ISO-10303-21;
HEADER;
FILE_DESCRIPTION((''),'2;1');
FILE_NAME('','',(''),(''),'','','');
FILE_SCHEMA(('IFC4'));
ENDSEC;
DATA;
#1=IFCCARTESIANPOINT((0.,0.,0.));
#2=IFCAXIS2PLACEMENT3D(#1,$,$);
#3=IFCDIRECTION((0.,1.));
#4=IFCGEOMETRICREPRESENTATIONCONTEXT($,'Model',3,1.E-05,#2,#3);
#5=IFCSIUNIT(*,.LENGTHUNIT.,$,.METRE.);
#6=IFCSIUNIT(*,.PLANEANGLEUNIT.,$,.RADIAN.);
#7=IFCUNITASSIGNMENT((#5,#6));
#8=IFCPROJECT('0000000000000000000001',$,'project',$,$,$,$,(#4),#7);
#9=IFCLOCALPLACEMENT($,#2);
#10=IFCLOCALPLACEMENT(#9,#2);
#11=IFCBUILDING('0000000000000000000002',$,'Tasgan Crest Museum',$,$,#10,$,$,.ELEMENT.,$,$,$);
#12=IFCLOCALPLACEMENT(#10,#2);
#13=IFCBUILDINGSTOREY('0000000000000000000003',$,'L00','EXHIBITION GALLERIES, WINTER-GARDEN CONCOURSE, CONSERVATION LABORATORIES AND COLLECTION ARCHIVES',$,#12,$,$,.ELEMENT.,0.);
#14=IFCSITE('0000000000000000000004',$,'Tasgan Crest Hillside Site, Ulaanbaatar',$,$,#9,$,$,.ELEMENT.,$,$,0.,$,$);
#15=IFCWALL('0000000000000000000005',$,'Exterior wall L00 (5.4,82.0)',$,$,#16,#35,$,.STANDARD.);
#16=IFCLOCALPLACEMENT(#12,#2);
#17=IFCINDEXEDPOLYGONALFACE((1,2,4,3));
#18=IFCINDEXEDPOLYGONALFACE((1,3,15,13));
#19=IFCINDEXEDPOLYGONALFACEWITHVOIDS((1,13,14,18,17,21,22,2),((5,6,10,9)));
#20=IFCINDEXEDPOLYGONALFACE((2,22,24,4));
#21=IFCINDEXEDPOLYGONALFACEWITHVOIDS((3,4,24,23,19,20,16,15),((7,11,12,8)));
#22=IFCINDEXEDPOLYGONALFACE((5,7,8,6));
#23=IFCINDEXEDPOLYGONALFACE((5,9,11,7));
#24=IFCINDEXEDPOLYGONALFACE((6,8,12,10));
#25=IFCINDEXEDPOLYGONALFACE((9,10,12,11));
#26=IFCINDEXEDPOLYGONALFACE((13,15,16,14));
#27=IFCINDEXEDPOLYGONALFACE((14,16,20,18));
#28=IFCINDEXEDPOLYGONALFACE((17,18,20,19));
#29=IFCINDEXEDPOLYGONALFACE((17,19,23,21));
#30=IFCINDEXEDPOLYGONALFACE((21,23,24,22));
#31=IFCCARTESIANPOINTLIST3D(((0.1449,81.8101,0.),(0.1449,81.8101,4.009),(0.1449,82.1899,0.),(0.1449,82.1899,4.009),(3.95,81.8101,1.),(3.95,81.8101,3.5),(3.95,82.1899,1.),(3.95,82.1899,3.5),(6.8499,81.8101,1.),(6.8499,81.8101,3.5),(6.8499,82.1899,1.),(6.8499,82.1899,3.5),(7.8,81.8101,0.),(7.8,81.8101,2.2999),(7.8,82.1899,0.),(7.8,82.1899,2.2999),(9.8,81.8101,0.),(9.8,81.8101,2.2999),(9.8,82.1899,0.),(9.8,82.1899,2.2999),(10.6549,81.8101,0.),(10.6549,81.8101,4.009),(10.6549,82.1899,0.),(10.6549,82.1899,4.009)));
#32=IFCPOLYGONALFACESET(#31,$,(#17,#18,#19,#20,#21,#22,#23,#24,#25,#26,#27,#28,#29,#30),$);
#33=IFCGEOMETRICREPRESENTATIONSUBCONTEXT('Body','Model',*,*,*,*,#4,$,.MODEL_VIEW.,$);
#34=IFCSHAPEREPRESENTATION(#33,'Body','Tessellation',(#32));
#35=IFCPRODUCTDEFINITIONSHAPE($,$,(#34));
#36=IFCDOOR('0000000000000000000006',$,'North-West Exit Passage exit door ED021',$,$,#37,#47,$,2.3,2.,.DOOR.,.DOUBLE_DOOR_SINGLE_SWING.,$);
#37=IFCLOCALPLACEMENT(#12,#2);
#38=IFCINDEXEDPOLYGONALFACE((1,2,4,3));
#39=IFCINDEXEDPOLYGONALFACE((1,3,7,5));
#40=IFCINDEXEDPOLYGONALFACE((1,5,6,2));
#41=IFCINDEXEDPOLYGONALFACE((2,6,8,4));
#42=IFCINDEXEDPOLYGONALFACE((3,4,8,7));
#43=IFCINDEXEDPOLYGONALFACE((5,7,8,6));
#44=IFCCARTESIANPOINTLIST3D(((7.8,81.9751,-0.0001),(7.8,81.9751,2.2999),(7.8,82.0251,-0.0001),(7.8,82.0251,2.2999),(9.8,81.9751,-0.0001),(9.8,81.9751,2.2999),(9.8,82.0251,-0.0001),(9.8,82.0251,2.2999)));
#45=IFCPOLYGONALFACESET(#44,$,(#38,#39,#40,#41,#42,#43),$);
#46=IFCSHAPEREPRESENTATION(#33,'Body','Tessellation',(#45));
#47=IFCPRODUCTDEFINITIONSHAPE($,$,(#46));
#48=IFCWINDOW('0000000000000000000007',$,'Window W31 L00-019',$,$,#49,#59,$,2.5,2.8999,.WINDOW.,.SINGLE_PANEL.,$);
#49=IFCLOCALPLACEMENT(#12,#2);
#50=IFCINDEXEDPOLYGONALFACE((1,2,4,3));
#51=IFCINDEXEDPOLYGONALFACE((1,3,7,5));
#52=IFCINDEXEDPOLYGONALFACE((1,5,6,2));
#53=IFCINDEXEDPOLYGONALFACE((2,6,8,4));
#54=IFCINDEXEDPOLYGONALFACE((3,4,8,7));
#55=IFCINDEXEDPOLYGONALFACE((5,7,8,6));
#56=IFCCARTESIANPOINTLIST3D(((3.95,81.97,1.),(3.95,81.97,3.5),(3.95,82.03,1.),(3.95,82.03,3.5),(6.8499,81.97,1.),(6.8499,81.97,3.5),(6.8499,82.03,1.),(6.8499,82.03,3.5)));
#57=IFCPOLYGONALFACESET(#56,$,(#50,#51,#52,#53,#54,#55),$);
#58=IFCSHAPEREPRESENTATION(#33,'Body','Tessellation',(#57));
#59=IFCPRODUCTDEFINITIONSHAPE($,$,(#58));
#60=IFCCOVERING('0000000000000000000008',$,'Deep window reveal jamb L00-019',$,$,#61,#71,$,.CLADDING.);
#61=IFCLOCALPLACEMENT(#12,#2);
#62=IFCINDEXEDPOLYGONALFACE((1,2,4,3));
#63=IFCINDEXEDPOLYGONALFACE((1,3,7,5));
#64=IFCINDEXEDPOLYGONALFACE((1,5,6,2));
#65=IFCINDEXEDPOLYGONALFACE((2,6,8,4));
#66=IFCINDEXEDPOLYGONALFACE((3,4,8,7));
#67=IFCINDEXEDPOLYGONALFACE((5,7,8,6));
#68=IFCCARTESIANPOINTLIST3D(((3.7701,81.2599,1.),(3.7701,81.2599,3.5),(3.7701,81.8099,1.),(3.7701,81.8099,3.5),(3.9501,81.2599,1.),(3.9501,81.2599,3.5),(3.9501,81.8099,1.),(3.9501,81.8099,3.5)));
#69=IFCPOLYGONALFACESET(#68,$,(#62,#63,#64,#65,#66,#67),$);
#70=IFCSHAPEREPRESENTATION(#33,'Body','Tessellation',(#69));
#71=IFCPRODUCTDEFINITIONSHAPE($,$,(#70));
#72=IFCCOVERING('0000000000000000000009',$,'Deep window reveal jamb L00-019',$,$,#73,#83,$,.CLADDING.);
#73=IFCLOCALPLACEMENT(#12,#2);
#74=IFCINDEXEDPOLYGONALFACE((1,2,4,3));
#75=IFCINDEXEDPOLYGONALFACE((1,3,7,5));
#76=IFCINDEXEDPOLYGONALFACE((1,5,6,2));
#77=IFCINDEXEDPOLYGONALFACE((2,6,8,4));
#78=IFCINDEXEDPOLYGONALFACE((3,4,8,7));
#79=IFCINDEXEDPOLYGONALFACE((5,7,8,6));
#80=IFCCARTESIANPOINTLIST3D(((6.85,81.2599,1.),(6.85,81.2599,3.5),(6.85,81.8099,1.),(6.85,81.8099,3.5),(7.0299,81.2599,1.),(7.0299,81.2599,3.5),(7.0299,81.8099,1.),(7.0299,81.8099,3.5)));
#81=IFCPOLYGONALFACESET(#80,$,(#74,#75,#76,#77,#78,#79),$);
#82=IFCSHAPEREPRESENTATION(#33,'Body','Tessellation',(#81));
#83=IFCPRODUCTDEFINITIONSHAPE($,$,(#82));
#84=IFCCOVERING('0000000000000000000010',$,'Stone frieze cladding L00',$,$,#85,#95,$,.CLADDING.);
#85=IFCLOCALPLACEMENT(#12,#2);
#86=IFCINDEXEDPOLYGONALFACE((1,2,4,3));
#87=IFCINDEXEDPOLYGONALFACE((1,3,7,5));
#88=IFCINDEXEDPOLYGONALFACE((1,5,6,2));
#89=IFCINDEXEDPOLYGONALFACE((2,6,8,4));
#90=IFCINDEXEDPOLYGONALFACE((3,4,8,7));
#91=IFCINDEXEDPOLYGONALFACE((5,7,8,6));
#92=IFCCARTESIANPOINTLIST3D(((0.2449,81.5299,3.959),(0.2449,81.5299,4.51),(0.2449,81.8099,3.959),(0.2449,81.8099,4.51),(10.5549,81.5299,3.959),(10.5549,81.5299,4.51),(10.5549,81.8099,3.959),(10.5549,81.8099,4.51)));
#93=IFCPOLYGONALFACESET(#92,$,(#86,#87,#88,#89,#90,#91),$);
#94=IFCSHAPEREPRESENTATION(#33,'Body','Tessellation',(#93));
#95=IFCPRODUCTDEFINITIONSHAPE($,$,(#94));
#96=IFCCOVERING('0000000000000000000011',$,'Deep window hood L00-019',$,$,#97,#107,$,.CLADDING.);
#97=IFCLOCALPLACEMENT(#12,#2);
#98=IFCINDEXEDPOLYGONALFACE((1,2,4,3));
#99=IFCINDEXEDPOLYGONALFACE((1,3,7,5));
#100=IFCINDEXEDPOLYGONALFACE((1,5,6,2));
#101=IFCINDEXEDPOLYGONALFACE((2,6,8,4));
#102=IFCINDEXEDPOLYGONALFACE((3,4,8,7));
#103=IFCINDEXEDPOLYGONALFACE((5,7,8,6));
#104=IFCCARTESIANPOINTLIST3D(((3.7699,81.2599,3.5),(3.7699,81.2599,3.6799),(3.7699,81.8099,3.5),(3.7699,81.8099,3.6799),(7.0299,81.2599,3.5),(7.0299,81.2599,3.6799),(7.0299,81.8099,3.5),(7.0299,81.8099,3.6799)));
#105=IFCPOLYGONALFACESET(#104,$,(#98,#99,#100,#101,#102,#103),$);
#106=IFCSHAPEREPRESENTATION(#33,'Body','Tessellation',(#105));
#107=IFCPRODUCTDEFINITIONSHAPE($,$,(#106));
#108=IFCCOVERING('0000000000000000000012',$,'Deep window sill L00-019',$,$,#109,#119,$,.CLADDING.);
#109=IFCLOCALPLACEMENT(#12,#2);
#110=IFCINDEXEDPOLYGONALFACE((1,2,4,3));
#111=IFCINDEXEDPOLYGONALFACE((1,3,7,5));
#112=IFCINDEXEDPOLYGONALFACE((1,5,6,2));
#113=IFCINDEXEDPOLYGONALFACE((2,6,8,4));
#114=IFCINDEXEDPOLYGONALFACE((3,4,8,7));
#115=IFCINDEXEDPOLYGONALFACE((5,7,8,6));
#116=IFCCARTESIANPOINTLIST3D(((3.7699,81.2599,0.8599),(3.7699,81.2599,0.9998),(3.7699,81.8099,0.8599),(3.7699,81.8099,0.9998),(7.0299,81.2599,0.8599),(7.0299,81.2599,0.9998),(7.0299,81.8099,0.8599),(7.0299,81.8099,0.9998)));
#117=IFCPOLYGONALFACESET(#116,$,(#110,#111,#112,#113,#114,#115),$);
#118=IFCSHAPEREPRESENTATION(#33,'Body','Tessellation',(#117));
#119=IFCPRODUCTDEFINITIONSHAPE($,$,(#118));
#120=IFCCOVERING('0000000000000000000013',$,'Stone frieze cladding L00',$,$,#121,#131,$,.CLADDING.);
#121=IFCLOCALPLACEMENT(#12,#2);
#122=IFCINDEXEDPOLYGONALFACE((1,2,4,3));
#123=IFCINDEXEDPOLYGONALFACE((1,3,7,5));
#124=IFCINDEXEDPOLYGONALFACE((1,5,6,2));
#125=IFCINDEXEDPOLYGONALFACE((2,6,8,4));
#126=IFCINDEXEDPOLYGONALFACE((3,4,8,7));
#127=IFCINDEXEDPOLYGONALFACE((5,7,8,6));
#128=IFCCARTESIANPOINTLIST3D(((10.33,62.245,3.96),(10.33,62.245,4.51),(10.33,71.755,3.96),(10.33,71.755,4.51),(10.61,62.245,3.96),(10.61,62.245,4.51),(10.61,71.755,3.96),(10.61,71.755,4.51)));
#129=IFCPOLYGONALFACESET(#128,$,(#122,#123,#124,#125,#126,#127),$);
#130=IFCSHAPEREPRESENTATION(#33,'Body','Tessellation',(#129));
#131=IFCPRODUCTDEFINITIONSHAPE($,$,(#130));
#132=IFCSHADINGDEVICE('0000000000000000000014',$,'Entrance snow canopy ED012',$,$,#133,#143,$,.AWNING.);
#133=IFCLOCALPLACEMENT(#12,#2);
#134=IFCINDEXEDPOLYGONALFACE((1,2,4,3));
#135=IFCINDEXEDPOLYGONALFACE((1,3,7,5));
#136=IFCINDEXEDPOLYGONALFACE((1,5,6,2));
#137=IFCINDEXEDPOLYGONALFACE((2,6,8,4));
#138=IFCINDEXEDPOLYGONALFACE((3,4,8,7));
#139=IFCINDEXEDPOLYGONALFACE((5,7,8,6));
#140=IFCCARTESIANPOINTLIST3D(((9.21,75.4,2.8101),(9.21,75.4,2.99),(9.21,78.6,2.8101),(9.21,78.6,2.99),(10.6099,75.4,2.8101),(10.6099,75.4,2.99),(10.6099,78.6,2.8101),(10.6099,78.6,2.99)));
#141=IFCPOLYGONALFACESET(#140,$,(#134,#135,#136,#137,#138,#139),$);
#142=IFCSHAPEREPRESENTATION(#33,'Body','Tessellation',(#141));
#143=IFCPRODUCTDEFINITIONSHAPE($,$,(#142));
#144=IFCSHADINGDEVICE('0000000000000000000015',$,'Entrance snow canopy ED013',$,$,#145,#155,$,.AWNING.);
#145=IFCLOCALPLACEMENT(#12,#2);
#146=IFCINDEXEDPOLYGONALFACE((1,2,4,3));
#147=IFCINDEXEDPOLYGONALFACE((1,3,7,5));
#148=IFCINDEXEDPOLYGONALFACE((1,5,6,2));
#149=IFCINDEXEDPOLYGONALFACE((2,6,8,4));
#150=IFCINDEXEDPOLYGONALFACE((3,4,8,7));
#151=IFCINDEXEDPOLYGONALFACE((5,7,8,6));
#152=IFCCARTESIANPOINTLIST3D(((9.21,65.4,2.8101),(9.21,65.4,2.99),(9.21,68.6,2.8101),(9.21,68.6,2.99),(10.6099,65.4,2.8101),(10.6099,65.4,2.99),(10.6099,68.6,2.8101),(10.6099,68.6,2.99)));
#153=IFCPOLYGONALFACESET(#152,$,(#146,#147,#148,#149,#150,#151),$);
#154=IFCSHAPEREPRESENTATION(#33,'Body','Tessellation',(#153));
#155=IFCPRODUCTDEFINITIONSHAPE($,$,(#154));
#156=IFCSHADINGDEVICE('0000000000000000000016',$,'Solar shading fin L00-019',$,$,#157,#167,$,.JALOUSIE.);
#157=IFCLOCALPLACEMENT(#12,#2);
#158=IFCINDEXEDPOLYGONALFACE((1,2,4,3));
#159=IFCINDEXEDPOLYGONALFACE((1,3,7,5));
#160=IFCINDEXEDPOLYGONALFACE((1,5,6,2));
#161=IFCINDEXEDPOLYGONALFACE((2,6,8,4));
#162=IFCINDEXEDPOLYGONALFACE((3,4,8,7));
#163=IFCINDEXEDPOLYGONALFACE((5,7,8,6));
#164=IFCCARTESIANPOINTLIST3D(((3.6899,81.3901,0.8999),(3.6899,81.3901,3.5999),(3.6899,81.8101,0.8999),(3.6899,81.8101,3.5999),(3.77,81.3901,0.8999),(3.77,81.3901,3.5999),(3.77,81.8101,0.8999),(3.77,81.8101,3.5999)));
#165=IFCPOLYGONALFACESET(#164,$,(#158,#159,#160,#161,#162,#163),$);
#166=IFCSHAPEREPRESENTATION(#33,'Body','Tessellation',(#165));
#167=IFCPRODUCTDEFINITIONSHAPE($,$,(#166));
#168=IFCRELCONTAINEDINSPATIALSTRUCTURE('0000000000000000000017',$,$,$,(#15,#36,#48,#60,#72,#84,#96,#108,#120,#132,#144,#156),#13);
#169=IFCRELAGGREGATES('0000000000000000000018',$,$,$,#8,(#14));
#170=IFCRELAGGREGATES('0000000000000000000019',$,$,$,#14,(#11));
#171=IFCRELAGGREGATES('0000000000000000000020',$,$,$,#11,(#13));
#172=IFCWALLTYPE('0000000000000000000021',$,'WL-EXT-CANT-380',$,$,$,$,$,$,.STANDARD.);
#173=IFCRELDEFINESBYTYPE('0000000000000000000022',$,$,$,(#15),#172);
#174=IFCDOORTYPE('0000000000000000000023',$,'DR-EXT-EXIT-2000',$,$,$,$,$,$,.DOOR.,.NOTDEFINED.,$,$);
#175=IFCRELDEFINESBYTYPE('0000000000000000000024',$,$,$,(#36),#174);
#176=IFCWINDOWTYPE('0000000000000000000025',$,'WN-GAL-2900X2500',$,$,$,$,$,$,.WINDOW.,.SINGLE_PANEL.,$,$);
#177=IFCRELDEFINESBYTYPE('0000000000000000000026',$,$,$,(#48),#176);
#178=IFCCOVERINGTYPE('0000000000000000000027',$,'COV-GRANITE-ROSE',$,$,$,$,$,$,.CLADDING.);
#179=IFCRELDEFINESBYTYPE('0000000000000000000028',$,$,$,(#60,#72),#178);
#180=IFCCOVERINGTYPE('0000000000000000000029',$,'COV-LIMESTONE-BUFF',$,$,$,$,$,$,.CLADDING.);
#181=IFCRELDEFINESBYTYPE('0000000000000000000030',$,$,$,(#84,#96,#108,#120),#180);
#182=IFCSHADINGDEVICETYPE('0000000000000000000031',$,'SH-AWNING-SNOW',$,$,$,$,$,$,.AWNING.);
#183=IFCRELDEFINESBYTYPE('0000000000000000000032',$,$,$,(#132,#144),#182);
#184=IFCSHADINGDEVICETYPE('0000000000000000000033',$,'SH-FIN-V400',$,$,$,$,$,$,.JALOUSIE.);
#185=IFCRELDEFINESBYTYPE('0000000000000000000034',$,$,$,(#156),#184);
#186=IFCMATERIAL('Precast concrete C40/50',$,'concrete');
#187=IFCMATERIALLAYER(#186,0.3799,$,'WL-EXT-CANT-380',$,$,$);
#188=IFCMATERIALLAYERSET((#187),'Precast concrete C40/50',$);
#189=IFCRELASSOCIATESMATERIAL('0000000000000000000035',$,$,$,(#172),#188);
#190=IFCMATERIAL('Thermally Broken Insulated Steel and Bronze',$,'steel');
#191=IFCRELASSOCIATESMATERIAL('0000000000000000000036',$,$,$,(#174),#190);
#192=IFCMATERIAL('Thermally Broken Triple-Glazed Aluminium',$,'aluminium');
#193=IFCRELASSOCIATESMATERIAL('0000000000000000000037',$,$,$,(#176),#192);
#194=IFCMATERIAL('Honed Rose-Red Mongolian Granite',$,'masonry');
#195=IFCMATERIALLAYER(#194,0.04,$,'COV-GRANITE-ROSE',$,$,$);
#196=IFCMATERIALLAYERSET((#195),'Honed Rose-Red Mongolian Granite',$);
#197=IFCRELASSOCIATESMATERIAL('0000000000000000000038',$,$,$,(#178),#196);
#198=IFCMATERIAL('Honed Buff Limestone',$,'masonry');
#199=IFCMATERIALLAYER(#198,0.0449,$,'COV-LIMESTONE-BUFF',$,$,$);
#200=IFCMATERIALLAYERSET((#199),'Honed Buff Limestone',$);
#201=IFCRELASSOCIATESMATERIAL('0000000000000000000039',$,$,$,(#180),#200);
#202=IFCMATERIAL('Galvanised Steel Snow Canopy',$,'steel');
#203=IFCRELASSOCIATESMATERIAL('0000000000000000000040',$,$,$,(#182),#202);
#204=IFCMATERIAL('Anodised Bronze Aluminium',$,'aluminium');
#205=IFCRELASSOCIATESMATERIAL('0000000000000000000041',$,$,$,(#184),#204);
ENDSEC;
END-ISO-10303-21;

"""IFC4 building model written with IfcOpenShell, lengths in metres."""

from ifc_helpers import new_model, si_unit, direction, frame, frame_2d, origin, origin_2d, place, context, subcontext, project, spatial, rectangle, extrude, material, layer, layer_set, type_object, element, fill, save


model = new_model("IFC4")

# Units and contexts
model_context = context("Model", 3, precision=1e-05, world=origin(), true_north=direction((0.0, 1.0)))
body_context = subcontext(model_context, "Body", "Model", "MODEL_VIEW")
ifc_project = project(units=[si_unit("LENGTHUNIT", "METRE"), si_unit("PLANEANGLEUNIT", "RADIAN")], contexts=[model_context])

# Site, building, storey
site_placement = place(None, origin())
site = spatial("IfcSite", under=ifc_project, at=site_placement, Name="Tasgan Crest Hillside Site, Ulaanbaatar", CompositionType="ELEMENT", RefElevation=0.0)
building_placement = place(site_placement, origin())
building = spatial("IfcBuilding", under=site, at=building_placement, Name="Tasgan Crest Museum", CompositionType="ELEMENT")
storey_placement = place(building_placement, origin())
storey = spatial("IfcBuildingStorey", under=building, at=storey_placement, Name="L00", Description="EXHIBITION GALLERIES, WINTER-GARDEN CONCOURSE, CONSERVATION LABORATORIES AND COLLECTION ARCHIVES", CompositionType="ELEMENT", Elevation=0.0)

# Wall, openings, door, window
ifc_material_1 = material(Name="Precast concrete C40/50", Category="concrete")
ifc_layer_1 = layer(ifc_material_1, 0.3799, Name="WL-EXT-CANT-380")
ifc_layer_set_1 = layer_set([ifc_layer_1], Name="Precast concrete C40/50")
wall_type = type_object("IfcWallType", Name="WL-EXT-CANT-380", PredefinedType="STANDARD", material=ifc_layer_set_1)
wall_placement = place(storey_placement, frame((0.145, 82.0, 0.0), z_axis=(0.0, 0.0, 1.0), x_axis=(1.0, 0.0, 0.0)))
wall = element("IfcWall", 1, at=wall_placement, inside=storey, type_object=wall_type, Name="Exterior wall L00 (5.4,82.0)", PredefinedType="STANDARD", context=body_context, shape_type="SweptSolid", body=[
    extrude(rectangle(XDim=10.51, YDim=0.3799, at=frame_2d((5.2549, 0.0))), origin(), (0.0, 0.0, 1.0), 4.009),
])
opening_1_placement = place(wall_placement, frame((3.8049, 0.0, 1.0)))
opening_1 = element("IfcOpeningElement", 2, at=opening_1_placement, cuts=wall, PredefinedType="OPENING", context=body_context, shape_type="SweptSolid", body=[
    extrude(rectangle(XDim=2.8999, YDim=2.5, at=frame_2d((1.45, 1.25))), frame((0.0, 0.2, 0.0), z_axis=(0.0, -1.0, 0.0), x_axis=(1.0, 0.0, 0.0)), (0.0, 0.0, 1.0), 0.3999),
])
opening_2_placement = place(wall_placement, frame((7.655, 0.0, 0.0)))
opening_2 = element("IfcOpeningElement", 3, at=opening_2_placement, cuts=wall, PredefinedType="OPENING", context=body_context, shape_type="SweptSolid", body=[
    extrude(rectangle(XDim=2.0, YDim=2.3, at=frame_2d((1.0, 1.1499))), frame((0.0, 0.2, 0.0), z_axis=(0.0, -1.0, 0.0), x_axis=(1.0, 0.0, 0.0)), (0.0, 0.0, 1.0), 0.3999),
])
ifc_material_2 = material(Name="Thermally Broken Insulated Steel and Bronze", Category="steel")
door_type = type_object("IfcDoorType", Name="DR-EXT-EXIT-2000", OperationType="NOTDEFINED", PredefinedType="DOOR", material=ifc_material_2)
door_placement = place(opening_2_placement, frame((2.0, 0.0, 0.0), z_axis=(0.0, 0.0, 1.0), x_axis=(-1.0, 0.0, 0.0)))
door = element("IfcDoor", 4, at=door_placement, inside=storey, type_object=door_type, Name="North-West Exit Passage exit door ED021", OperationType="DOUBLE_DOOR_SINGLE_SWING", OverallHeight=2.3, OverallWidth=2.0, PredefinedType="DOOR", context=body_context, shape_type="SweptSolid", body=[
    extrude(rectangle(XDim=2.0, YDim=2.3, at=frame_2d((1.0, 1.1499))), frame((0.0, 0.0249, 0.0), z_axis=(0.0, -1.0, 0.0), x_axis=(1.0, 0.0, 0.0)), (0.0, 0.0, 1.0), 0.05),
])
fill(opening_2, door)
ifc_material_3 = material(Name="Thermally Broken Triple-Glazed Aluminium", Category="aluminium")
window_type = type_object("IfcWindowType", Name="WN-GAL-2900X2500", PartitioningType="SINGLE_PANEL", PredefinedType="WINDOW", material=ifc_material_3)
window_placement = place(opening_1_placement, origin())
window = element("IfcWindow", 5, at=window_placement, inside=storey, type_object=window_type, Name="Window W31 L00-019", OverallHeight=2.5, OverallWidth=2.8999, PartitioningType="SINGLE_PANEL", PredefinedType="WINDOW", context=body_context, shape_type="SweptSolid", body=[
    extrude(rectangle(XDim=2.8999, YDim=2.5, at=frame_2d((1.45, 1.25))), frame((0.0, 0.03, 0.0), z_axis=(0.0, -1.0, 0.0), x_axis=(1.0, 0.0, 0.0)), (0.0, 0.0, 1.0), 0.0601),
])
fill(opening_1, window)

# Coverings
ifc_material_4 = material(Name="Honed Rose-Red Mongolian Granite", Category="masonry")
ifc_layer_2 = layer(ifc_material_4, 0.04, Name="COV-GRANITE-ROSE")
ifc_layer_set_2 = layer_set([ifc_layer_2], Name="Honed Rose-Red Mongolian Granite")
covering_type_1 = type_object("IfcCoveringType", Name="COV-GRANITE-ROSE", PredefinedType="CLADDING", material=ifc_layer_set_2)
for number, where, z_axis, x_axis, name in (
    (6, (3.8601, 81.5349, 1.0), (0.0, 0.0, 1.0), (1.0, 0.0, 0.0), "Deep window reveal jamb L00-019"),
    (7, (6.9399, 81.5349, 1.0), (0.0, 0.0, 1.0), (1.0, 0.0, 0.0), "Deep window reveal jamb L00-019"),
):
    element("IfcCovering", number, at=place(storey_placement, frame(where, z_axis=z_axis, x_axis=x_axis)), inside=storey, type_object=covering_type_1, Name=name, PredefinedType="CLADDING", context=body_context, shape_type="SweptSolid", body=[
        extrude(rectangle(XDim=0.1799, YDim=0.55, at=origin_2d()), origin(), (0.0, 0.0, 1.0), 2.5),
    ])
ifc_material_5 = material(Name="Honed Buff Limestone", Category="masonry")
ifc_layer_3 = layer(ifc_material_5, 0.0449, Name="COV-LIMESTONE-BUFF")
ifc_layer_set_3 = layer_set([ifc_layer_3], Name="Honed Buff Limestone")
covering_type_2 = type_object("IfcCoveringType", Name="COV-LIMESTONE-BUFF", PredefinedType="CLADDING", material=ifc_layer_set_3)
covering_1_placement = place(storey_placement, frame((5.3999, 81.6699, 3.959), z_axis=(0.0, 0.0, 1.0), x_axis=(1.0, 0.0, 0.0)))
element("IfcCovering", 8, at=covering_1_placement, inside=storey, type_object=covering_type_2, Name="Stone frieze cladding L00", PredefinedType="CLADDING", context=body_context, shape_type="SweptSolid", body=[
    extrude(rectangle(XDim=10.3101, YDim=0.28, at=origin_2d()), origin(), (0.0, 0.0, 1.0), 0.551),
])
covering_2_placement = place(storey_placement, frame((5.3999, 81.5349, 3.5), z_axis=(0.0, 0.0, 1.0), x_axis=(1.0, 0.0, 0.0)))
element("IfcCovering", 9, at=covering_2_placement, inside=storey, type_object=covering_type_2, Name="Deep window hood L00-019", PredefinedType="CLADDING", context=body_context, shape_type="SweptSolid", body=[
    extrude(rectangle(XDim=3.26, YDim=0.55, at=origin_2d()), origin(), (0.0, 0.0, 1.0), 0.1799),
])
covering_3_placement = place(storey_placement, frame((5.3999, 81.5349, 0.8599), z_axis=(0.0, 0.0, 1.0), x_axis=(1.0, 0.0, 0.0)))
element("IfcCovering", 10, at=covering_3_placement, inside=storey, type_object=covering_type_2, Name="Deep window sill L00-019", PredefinedType="CLADDING", context=body_context, shape_type="SweptSolid", body=[
    extrude(rectangle(XDim=3.26, YDim=0.55, at=origin_2d()), origin(), (0.0, 0.0, 1.0), 0.1399),
])
covering_4_placement = place(storey_placement, frame((10.47, 67.0, 3.96), z_axis=(0.0, 0.0, 1.0), x_axis=(0.0, -1.0, 0.0)))
element("IfcCovering", 11, at=covering_4_placement, inside=storey, type_object=covering_type_2, Name="Stone frieze cladding L00", PredefinedType="CLADDING", context=body_context, shape_type="SweptSolid", body=[
    extrude(rectangle(XDim=9.51, YDim=0.28, at=origin_2d()), origin(), (0.0, 0.0, 1.0), 0.55),
])

# Shading devices
ifc_material_6 = material(Name="Galvanised Steel Snow Canopy", Category="steel")
shading_device_type_1 = type_object("IfcShadingDeviceType", Name="SH-AWNING-SNOW", PredefinedType="AWNING", material=ifc_material_6)
for number, where, z_axis, x_axis, name in (
    (12, (9.9099, 77.0, 2.8101), (0.0, 0.0, 1.0), (0.0, -1.0, 0.0), "Entrance snow canopy ED012"),
    (13, (9.9099, 67.0, 2.8101), (0.0, 0.0, 1.0), (0.0, -1.0, 0.0), "Entrance snow canopy ED013"),
):
    element("IfcShadingDevice", number, at=place(storey_placement, frame(where, z_axis=z_axis, x_axis=x_axis)), inside=storey, type_object=shading_device_type_1, Name=name, PredefinedType="AWNING", context=body_context, shape_type="SweptSolid", body=[
        extrude(rectangle(XDim=3.2, YDim=1.3999, at=origin_2d()), origin(), (0.0, 0.0, 1.0), 0.1799),
    ])
ifc_material_7 = material(Name="Anodised Bronze Aluminium", Category="aluminium")
shading_device_type_2 = type_object("IfcShadingDeviceType", Name="SH-FIN-V400", PredefinedType="JALOUSIE", material=ifc_material_7)
shading_device_placement = place(storey_placement, frame((3.73, 81.6001, 0.8999), z_axis=(0.0, 0.0, 1.0), x_axis=(1.0, 0.0, 0.0)))
element("IfcShadingDevice", 14, at=shading_device_placement, inside=storey, type_object=shading_device_type_2, Name="Solar shading fin L00-019", PredefinedType="JALOUSIE", context=body_context, shape_type="SweptSolid", body=[
    extrude(rectangle(XDim=0.0801, YDim=0.4199, at=origin_2d()), origin(), (0.0, 0.0, 1.0), 2.7),
])

save(model, "model.ifc")
